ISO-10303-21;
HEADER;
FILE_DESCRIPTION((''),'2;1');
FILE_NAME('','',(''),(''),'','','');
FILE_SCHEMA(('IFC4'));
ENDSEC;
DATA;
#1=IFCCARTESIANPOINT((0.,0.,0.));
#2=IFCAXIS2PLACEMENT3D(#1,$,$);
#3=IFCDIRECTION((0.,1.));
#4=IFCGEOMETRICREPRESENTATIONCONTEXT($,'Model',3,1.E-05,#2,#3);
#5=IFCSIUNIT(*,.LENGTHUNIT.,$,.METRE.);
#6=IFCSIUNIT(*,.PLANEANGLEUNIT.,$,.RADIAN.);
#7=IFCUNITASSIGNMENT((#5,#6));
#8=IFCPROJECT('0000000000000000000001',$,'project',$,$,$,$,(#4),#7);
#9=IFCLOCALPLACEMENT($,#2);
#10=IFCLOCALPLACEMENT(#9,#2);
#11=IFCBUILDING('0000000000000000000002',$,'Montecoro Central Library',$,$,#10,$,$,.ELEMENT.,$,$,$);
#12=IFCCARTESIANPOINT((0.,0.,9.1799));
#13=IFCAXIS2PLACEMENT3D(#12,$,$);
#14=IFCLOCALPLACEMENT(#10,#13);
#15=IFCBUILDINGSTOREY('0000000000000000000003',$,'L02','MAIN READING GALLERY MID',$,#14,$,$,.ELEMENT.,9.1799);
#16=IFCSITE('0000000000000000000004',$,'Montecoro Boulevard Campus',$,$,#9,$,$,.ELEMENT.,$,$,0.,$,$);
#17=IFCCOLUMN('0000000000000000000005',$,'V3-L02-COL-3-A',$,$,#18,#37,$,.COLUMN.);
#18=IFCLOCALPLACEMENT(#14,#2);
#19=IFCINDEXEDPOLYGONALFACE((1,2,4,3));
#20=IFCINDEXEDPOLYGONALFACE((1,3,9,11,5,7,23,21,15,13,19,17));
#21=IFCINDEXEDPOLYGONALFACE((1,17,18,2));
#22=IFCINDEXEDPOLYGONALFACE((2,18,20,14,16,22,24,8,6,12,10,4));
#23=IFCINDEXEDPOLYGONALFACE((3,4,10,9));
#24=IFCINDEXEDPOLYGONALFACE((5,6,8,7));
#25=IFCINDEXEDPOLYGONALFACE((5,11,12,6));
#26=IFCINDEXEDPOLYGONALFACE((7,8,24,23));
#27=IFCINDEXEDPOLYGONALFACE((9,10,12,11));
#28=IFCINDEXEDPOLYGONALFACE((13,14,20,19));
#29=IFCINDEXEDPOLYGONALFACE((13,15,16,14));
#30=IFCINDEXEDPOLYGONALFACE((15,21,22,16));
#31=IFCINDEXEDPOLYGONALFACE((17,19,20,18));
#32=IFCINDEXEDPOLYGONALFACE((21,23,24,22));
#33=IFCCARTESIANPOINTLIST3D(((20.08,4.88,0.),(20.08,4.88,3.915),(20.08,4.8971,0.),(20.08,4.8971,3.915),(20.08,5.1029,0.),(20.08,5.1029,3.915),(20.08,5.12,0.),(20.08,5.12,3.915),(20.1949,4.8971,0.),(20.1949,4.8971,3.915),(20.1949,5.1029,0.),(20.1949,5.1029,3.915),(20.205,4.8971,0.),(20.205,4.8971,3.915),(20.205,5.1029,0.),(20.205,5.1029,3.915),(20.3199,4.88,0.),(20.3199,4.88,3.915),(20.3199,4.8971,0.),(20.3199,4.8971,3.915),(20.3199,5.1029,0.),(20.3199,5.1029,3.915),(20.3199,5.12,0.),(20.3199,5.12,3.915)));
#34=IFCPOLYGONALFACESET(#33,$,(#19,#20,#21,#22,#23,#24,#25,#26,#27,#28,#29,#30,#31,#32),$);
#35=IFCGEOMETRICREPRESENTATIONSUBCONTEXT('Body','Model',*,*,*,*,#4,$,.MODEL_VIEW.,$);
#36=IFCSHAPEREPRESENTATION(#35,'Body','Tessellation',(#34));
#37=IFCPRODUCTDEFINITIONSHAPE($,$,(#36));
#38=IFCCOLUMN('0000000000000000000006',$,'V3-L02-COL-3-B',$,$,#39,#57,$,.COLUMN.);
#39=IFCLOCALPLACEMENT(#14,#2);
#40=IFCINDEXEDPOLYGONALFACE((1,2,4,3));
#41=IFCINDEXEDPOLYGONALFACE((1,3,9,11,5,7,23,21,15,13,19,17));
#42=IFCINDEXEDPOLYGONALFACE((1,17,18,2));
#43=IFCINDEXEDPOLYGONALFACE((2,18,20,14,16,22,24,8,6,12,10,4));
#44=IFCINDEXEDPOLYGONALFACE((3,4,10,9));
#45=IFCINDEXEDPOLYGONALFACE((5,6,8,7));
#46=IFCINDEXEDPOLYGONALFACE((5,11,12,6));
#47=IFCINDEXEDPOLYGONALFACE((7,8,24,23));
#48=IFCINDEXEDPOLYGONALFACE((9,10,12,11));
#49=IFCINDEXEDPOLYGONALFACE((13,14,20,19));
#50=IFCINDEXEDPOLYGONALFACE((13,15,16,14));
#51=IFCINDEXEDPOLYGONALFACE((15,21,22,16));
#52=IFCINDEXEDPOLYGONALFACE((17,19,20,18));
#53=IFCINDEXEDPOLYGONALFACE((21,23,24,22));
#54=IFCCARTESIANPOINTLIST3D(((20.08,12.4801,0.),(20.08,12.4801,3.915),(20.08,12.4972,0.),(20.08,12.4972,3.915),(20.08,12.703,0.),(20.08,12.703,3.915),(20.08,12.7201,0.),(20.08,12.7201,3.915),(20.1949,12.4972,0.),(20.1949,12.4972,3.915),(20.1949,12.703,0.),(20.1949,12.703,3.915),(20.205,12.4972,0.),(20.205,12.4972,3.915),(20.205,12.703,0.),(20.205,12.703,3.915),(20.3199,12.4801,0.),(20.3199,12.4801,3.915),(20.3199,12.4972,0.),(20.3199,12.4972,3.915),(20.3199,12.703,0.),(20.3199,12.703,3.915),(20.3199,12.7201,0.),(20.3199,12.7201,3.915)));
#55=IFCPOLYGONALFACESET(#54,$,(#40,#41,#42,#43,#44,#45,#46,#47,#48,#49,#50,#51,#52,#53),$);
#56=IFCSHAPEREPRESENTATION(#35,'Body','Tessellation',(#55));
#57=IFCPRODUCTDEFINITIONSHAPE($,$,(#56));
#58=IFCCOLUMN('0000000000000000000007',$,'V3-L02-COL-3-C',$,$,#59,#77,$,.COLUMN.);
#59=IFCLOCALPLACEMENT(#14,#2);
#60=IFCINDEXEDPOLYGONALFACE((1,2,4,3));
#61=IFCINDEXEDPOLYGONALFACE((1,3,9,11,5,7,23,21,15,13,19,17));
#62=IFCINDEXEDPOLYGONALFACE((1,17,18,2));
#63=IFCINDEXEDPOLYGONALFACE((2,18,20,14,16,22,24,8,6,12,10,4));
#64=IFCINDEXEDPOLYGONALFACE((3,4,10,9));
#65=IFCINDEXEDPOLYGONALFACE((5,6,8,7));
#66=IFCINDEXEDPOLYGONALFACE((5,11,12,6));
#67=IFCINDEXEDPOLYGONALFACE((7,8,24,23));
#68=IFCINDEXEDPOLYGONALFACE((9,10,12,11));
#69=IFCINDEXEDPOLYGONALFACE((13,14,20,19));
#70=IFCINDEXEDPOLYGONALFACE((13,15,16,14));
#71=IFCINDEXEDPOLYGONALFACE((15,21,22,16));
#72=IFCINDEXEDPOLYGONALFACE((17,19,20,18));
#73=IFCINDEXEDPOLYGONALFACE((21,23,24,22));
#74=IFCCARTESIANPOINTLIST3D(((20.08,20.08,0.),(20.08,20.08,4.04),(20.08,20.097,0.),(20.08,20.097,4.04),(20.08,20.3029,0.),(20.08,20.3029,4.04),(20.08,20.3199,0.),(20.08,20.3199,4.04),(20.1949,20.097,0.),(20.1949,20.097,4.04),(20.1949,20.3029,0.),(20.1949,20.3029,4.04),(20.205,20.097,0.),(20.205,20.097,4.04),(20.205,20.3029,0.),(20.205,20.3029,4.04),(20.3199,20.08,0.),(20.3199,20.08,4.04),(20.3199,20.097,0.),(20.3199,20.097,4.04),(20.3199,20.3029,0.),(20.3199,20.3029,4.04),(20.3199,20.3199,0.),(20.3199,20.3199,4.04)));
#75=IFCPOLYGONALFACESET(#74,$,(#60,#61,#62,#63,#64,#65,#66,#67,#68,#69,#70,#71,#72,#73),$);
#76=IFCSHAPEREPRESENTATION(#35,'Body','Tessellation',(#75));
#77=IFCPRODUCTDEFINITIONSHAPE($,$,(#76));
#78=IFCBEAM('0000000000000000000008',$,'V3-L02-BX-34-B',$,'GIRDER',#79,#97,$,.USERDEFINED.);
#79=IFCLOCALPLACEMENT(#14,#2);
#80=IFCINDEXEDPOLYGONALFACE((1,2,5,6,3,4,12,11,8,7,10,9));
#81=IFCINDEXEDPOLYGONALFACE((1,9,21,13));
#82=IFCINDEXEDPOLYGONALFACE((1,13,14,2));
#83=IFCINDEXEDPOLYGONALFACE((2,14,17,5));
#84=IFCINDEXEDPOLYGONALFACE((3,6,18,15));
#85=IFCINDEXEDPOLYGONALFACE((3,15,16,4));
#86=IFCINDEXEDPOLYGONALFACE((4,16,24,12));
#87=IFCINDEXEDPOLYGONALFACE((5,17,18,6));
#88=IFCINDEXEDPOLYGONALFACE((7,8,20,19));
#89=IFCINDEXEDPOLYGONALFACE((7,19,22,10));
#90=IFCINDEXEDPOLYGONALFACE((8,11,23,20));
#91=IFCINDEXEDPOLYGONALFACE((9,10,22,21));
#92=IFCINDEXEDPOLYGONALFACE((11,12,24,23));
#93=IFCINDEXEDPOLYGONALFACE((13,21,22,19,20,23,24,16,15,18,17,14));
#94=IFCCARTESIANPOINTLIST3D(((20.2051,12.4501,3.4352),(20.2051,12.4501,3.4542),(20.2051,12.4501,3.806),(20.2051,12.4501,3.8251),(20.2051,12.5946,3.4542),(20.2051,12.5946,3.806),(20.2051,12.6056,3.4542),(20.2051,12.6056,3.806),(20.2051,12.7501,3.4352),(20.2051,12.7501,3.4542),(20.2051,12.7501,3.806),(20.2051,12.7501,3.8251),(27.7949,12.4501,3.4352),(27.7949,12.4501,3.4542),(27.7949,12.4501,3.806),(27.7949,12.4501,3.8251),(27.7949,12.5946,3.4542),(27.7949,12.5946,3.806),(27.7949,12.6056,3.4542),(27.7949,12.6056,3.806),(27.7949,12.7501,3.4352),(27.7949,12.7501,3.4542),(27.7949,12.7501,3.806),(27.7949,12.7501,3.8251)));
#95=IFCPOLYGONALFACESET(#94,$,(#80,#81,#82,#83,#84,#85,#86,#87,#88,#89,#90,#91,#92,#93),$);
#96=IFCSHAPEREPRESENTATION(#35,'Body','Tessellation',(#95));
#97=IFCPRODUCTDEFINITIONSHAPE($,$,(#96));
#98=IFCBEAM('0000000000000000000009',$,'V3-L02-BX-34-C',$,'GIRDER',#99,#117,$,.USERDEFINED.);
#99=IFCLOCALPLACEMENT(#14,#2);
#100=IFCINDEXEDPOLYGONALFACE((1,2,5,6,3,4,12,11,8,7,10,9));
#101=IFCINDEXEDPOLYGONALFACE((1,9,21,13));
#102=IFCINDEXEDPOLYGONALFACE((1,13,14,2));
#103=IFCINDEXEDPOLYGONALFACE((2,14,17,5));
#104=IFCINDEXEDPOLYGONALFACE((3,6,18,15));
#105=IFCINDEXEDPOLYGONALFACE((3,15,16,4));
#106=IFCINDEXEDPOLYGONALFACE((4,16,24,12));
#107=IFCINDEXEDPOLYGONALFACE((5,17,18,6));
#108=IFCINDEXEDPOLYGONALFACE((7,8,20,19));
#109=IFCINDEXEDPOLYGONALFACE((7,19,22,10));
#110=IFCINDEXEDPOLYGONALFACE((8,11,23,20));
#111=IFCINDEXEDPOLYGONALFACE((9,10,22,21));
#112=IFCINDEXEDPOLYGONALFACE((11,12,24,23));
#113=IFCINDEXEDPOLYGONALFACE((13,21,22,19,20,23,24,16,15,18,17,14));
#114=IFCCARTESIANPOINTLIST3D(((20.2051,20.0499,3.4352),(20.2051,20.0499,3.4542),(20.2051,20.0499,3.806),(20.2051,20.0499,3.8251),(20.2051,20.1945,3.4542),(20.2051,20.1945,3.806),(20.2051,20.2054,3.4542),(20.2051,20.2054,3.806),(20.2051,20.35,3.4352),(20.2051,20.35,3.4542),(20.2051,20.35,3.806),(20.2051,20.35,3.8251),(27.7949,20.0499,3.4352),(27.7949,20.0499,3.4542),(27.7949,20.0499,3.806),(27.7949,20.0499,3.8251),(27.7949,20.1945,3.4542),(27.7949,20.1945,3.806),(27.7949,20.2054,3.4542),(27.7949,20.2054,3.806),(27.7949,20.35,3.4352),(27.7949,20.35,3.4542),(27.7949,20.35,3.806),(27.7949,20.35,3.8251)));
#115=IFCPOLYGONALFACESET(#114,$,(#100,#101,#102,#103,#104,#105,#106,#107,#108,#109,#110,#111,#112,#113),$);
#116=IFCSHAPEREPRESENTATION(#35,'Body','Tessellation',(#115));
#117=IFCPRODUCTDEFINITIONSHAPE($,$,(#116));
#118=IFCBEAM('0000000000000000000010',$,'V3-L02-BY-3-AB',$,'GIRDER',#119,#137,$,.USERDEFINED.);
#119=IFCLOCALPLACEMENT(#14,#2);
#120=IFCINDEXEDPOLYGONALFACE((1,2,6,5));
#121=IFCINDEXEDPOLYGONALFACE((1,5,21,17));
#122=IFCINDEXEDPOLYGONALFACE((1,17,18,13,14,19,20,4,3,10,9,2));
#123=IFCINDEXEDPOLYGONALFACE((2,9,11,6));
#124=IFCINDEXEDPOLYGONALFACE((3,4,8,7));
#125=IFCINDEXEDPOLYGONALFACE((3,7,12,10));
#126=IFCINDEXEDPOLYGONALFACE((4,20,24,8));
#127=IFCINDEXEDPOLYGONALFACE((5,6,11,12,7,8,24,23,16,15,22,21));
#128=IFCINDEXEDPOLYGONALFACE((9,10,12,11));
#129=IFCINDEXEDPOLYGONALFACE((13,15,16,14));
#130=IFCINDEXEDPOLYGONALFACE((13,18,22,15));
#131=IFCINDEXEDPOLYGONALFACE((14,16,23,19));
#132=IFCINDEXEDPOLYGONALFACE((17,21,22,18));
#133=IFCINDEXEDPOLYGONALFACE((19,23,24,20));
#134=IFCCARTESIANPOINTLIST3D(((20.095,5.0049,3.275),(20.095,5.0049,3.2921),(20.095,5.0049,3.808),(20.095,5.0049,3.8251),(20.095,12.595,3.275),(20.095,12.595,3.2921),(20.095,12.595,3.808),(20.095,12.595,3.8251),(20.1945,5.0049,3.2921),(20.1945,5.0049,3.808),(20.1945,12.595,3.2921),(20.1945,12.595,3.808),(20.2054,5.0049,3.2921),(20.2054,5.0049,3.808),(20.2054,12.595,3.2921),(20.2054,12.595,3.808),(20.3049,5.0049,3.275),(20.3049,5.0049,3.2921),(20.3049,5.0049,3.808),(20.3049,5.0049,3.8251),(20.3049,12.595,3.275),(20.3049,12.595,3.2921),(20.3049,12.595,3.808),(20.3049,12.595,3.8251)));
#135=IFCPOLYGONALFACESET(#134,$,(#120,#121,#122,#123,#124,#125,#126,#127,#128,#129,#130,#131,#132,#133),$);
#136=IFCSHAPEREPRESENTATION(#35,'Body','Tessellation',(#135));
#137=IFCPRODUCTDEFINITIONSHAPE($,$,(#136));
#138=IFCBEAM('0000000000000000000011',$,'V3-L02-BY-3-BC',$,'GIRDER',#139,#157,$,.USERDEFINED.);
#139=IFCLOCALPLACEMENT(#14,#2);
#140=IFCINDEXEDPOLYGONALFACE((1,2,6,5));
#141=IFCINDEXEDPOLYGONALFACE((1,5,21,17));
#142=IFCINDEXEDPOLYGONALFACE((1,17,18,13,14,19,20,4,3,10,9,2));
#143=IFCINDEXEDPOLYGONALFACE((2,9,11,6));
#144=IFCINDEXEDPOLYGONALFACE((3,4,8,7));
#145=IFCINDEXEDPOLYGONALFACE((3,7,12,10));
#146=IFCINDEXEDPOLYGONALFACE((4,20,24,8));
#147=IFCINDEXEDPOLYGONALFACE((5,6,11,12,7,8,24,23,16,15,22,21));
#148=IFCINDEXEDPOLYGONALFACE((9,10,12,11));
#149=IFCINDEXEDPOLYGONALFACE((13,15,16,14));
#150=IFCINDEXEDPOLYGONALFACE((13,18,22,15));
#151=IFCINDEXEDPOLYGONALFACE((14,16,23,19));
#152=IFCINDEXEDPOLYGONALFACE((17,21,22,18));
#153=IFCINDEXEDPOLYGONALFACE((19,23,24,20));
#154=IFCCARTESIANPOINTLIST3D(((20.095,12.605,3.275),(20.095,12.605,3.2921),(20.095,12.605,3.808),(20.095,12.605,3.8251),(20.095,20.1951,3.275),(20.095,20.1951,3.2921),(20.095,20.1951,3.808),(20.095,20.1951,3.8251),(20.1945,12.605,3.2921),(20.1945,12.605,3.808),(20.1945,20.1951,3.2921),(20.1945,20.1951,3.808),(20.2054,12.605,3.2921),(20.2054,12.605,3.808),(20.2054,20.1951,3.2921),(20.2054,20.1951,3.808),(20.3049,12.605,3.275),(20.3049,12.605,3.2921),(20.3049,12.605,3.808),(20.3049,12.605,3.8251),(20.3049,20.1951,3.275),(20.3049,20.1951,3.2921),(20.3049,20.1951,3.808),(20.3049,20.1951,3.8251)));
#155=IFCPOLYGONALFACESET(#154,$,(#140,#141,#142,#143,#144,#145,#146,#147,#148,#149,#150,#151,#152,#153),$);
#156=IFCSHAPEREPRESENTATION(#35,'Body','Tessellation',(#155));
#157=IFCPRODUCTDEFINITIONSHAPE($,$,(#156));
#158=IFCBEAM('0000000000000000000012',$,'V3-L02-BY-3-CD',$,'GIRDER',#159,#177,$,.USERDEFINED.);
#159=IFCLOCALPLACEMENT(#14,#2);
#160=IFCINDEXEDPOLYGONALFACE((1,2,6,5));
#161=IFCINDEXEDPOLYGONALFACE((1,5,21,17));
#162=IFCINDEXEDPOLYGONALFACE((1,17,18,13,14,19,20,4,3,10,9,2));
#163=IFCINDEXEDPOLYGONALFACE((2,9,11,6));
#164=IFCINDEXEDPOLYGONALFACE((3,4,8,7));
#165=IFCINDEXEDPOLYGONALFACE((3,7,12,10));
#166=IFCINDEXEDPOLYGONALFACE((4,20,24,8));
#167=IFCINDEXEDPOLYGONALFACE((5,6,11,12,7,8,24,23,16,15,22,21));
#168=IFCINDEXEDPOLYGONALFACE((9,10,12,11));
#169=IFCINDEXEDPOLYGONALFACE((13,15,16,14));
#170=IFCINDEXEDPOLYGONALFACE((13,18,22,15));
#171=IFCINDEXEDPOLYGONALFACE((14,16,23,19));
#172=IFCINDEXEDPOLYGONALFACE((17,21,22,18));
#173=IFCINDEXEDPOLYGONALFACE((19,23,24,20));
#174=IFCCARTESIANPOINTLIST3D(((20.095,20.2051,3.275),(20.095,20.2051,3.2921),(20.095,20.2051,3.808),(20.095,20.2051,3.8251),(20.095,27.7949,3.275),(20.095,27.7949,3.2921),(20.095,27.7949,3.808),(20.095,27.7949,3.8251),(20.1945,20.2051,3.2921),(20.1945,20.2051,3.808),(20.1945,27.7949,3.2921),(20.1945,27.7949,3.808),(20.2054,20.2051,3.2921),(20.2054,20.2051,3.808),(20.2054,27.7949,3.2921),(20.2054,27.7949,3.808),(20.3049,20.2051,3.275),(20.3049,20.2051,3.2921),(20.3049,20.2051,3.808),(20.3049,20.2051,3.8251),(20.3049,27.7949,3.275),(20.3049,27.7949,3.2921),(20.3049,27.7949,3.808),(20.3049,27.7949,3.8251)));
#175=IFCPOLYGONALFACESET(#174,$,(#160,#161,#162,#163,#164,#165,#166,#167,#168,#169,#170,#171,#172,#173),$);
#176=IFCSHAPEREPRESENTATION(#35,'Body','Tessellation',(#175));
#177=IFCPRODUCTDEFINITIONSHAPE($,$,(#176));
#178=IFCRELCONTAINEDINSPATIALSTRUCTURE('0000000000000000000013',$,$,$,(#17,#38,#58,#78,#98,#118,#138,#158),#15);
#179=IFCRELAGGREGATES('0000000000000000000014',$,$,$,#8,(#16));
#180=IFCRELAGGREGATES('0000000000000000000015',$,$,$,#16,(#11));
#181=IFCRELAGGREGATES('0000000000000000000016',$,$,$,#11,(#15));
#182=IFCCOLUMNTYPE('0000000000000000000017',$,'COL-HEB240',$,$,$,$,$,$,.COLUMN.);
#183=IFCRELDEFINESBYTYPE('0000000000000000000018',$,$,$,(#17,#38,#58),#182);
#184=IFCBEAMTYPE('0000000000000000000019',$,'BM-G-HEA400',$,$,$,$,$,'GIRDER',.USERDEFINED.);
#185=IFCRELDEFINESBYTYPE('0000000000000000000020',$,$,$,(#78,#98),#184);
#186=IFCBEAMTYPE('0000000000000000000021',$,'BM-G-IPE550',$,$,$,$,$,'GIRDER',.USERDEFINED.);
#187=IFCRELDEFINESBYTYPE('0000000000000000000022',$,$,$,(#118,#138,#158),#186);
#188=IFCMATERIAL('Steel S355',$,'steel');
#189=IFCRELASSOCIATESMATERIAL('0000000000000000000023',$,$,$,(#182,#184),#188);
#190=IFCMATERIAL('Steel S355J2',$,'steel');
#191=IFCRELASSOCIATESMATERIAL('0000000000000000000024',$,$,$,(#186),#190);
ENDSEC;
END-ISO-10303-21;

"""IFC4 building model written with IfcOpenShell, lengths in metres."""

from ifc_helpers import new_model, si_unit, direction, frame, origin, origin_2d, place, context, subcontext, project, spatial, i_section, extrude, material, material_profile, profile_set, type_object, element, save


model = new_model("IFC4")

# Units and contexts
model_context = context("Model", 3, precision=1e-05, world=origin(), true_north=direction((0.0, 1.0)))
body_context = subcontext(model_context, "Body", "Model", "MODEL_VIEW")
ifc_project = project(units=[si_unit("LENGTHUNIT", "METRE"), si_unit("PLANEANGLEUNIT", "RADIAN")], contexts=[model_context])

# Site, building, storey
site_placement = place(None, origin())
site = spatial("IfcSite", under=ifc_project, at=site_placement, Name="Montecoro Boulevard Campus", CompositionType="ELEMENT", RefElevation=0.0)
building_placement = place(site_placement, origin())
building = spatial("IfcBuilding", under=site, at=building_placement, Name="Montecoro Central Library", CompositionType="ELEMENT")
storey_placement = place(building_placement, frame((0.0, 0.0, 9.1799)))
storey = spatial("IfcBuildingStorey", under=building, at=storey_placement, Name="L02", Description="MAIN READING GALLERY MID", CompositionType="ELEMENT", Elevation=9.1799)

# Columns
ifc_material_1 = material(Name="Steel S355", Category="steel")
ifc_material_profile_1 = material_profile(ifc_material_1, i_section(OverallWidth=0.24, OverallDepth=0.24, WebThickness=0.01, FlangeThickness=0.0171, at=origin_2d()), Name="HEB 240")
ifc_profile_set_1 = profile_set([ifc_material_profile_1], Name="Steel S355")
column_type = type_object("IfcColumnType", Name="COL-HEB240", PredefinedType="COLUMN", material=ifc_profile_set_1)
for number, where, z_axis, x_axis, name in (
    (1, (20.2, 5.0, 0.0), (0.0, 0.0, 1.0), (1.0, 0.0, 0.0), "V3-L02-COL-3-A"),
    (2, (20.2, 12.6001, 0.0), (0.0, 0.0, 1.0), (1.0, 0.0, 0.0), "V3-L02-COL-3-B"),
):
    element("IfcColumn", number, at=place(storey_placement, frame(where, z_axis=z_axis, x_axis=x_axis)), inside=storey, type_object=column_type, Name=name, PredefinedType="COLUMN", context=body_context, shape_type="SweptSolid", body=[
        extrude(i_section(OverallWidth=0.24, OverallDepth=0.24, WebThickness=0.01, FlangeThickness=0.0171, at=origin_2d()), origin(), (0.0, 0.0, 1.0), 3.915),
    ])
column_placement = place(storey_placement, frame((20.2, 20.2, 0.0), z_axis=(0.0, 0.0, 1.0), x_axis=(1.0, 0.0, 0.0)))
element("IfcColumn", 3, at=column_placement, inside=storey, type_object=column_type, Name="V3-L02-COL-3-C", PredefinedType="COLUMN", context=body_context, shape_type="SweptSolid", body=[
    extrude(i_section(OverallWidth=0.24, OverallDepth=0.24, WebThickness=0.01, FlangeThickness=0.0171, at=origin_2d()), origin(), (0.0, 0.0, 1.0), 4.04),
])

# Beams
ifc_material_profile_2 = material_profile(ifc_material_1, i_section(OverallWidth=0.3, OverallDepth=0.3899, WebThickness=0.011, FlangeThickness=0.019, at=origin_2d()), Name="HEA 400")
ifc_profile_set_2 = profile_set([ifc_material_profile_2], Name="Steel S355")
beam_type_1 = type_object("IfcBeamType", Name="BM-G-HEA400", ElementType="GIRDER", PredefinedType="USERDEFINED", material=ifc_profile_set_2)
for number, where, z_axis, x_axis, name in (
    (4, (20.2051, 12.6001, 3.6301), (1.0, 0.0, 0.0), (0.0, 1.0, 0.0), "V3-L02-BX-34-B"),
    (5, (20.2051, 20.2, 3.6301), (1.0, 0.0, 0.0), (0.0, 1.0, 0.0), "V3-L02-BX-34-C"),
):
    element("IfcBeam", number, at=place(storey_placement, frame(where, z_axis=z_axis, x_axis=x_axis)), inside=storey, type_object=beam_type_1, Name=name, ObjectType="GIRDER", PredefinedType="USERDEFINED", context=body_context, shape_type="SweptSolid", body=[
        extrude(i_section(OverallWidth=0.3, OverallDepth=0.3899, WebThickness=0.011, FlangeThickness=0.019, at=origin_2d()), origin(), (0.0, 0.0, 1.0), 7.5898),
    ])
ifc_material_2 = material(Name="Steel S355J2", Category="steel")
ifc_material_profile_3 = material_profile(ifc_material_2, i_section(OverallWidth=0.21, OverallDepth=0.55, WebThickness=0.011, FlangeThickness=0.0171, at=origin_2d()), Name="IPE 550")
ifc_profile_set_3 = profile_set([ifc_material_profile_3], Name="Steel S355J2")
beam_type_2 = type_object("IfcBeamType", Name="BM-G-IPE550", ElementType="GIRDER", PredefinedType="USERDEFINED", material=ifc_profile_set_3)
for number, where, z_axis, x_axis, name in (
    (6, (20.2, 5.0049, 3.55), (0.0, 1.0, 0.0), (-1.0, 0.0, 0.0), "V3-L02-BY-3-AB"),
    (7, (20.2, 12.605, 3.55), (0.0, 1.0, 0.0), (-1.0, 0.0, 0.0), "V3-L02-BY-3-BC"),
):
    element("IfcBeam", number, at=place(storey_placement, frame(where, z_axis=z_axis, x_axis=x_axis)), inside=storey, type_object=beam_type_2, Name=name, ObjectType="GIRDER", PredefinedType="USERDEFINED", context=body_context, shape_type="SweptSolid", body=[
        extrude(i_section(OverallWidth=0.21, OverallDepth=0.55, WebThickness=0.011, FlangeThickness=0.0171, at=origin_2d()), origin(), (0.0, 0.0, 1.0), 7.5901),
    ])
beam_1_placement = place(storey_placement, frame((20.2, 20.2051, 3.55), z_axis=(0.0, 1.0, 0.0), x_axis=(-1.0, 0.0, 0.0)))
element("IfcBeam", 8, at=beam_1_placement, inside=storey, type_object=beam_type_2, Name="V3-L02-BY-3-CD", ObjectType="GIRDER", PredefinedType="USERDEFINED", context=body_context, shape_type="SweptSolid", body=[
    extrude(i_section(OverallWidth=0.21, OverallDepth=0.55, WebThickness=0.011, FlangeThickness=0.0171, at=origin_2d()), origin(), (0.0, 0.0, 1.0), 7.5898),
])

save(model, "model.ifc")
